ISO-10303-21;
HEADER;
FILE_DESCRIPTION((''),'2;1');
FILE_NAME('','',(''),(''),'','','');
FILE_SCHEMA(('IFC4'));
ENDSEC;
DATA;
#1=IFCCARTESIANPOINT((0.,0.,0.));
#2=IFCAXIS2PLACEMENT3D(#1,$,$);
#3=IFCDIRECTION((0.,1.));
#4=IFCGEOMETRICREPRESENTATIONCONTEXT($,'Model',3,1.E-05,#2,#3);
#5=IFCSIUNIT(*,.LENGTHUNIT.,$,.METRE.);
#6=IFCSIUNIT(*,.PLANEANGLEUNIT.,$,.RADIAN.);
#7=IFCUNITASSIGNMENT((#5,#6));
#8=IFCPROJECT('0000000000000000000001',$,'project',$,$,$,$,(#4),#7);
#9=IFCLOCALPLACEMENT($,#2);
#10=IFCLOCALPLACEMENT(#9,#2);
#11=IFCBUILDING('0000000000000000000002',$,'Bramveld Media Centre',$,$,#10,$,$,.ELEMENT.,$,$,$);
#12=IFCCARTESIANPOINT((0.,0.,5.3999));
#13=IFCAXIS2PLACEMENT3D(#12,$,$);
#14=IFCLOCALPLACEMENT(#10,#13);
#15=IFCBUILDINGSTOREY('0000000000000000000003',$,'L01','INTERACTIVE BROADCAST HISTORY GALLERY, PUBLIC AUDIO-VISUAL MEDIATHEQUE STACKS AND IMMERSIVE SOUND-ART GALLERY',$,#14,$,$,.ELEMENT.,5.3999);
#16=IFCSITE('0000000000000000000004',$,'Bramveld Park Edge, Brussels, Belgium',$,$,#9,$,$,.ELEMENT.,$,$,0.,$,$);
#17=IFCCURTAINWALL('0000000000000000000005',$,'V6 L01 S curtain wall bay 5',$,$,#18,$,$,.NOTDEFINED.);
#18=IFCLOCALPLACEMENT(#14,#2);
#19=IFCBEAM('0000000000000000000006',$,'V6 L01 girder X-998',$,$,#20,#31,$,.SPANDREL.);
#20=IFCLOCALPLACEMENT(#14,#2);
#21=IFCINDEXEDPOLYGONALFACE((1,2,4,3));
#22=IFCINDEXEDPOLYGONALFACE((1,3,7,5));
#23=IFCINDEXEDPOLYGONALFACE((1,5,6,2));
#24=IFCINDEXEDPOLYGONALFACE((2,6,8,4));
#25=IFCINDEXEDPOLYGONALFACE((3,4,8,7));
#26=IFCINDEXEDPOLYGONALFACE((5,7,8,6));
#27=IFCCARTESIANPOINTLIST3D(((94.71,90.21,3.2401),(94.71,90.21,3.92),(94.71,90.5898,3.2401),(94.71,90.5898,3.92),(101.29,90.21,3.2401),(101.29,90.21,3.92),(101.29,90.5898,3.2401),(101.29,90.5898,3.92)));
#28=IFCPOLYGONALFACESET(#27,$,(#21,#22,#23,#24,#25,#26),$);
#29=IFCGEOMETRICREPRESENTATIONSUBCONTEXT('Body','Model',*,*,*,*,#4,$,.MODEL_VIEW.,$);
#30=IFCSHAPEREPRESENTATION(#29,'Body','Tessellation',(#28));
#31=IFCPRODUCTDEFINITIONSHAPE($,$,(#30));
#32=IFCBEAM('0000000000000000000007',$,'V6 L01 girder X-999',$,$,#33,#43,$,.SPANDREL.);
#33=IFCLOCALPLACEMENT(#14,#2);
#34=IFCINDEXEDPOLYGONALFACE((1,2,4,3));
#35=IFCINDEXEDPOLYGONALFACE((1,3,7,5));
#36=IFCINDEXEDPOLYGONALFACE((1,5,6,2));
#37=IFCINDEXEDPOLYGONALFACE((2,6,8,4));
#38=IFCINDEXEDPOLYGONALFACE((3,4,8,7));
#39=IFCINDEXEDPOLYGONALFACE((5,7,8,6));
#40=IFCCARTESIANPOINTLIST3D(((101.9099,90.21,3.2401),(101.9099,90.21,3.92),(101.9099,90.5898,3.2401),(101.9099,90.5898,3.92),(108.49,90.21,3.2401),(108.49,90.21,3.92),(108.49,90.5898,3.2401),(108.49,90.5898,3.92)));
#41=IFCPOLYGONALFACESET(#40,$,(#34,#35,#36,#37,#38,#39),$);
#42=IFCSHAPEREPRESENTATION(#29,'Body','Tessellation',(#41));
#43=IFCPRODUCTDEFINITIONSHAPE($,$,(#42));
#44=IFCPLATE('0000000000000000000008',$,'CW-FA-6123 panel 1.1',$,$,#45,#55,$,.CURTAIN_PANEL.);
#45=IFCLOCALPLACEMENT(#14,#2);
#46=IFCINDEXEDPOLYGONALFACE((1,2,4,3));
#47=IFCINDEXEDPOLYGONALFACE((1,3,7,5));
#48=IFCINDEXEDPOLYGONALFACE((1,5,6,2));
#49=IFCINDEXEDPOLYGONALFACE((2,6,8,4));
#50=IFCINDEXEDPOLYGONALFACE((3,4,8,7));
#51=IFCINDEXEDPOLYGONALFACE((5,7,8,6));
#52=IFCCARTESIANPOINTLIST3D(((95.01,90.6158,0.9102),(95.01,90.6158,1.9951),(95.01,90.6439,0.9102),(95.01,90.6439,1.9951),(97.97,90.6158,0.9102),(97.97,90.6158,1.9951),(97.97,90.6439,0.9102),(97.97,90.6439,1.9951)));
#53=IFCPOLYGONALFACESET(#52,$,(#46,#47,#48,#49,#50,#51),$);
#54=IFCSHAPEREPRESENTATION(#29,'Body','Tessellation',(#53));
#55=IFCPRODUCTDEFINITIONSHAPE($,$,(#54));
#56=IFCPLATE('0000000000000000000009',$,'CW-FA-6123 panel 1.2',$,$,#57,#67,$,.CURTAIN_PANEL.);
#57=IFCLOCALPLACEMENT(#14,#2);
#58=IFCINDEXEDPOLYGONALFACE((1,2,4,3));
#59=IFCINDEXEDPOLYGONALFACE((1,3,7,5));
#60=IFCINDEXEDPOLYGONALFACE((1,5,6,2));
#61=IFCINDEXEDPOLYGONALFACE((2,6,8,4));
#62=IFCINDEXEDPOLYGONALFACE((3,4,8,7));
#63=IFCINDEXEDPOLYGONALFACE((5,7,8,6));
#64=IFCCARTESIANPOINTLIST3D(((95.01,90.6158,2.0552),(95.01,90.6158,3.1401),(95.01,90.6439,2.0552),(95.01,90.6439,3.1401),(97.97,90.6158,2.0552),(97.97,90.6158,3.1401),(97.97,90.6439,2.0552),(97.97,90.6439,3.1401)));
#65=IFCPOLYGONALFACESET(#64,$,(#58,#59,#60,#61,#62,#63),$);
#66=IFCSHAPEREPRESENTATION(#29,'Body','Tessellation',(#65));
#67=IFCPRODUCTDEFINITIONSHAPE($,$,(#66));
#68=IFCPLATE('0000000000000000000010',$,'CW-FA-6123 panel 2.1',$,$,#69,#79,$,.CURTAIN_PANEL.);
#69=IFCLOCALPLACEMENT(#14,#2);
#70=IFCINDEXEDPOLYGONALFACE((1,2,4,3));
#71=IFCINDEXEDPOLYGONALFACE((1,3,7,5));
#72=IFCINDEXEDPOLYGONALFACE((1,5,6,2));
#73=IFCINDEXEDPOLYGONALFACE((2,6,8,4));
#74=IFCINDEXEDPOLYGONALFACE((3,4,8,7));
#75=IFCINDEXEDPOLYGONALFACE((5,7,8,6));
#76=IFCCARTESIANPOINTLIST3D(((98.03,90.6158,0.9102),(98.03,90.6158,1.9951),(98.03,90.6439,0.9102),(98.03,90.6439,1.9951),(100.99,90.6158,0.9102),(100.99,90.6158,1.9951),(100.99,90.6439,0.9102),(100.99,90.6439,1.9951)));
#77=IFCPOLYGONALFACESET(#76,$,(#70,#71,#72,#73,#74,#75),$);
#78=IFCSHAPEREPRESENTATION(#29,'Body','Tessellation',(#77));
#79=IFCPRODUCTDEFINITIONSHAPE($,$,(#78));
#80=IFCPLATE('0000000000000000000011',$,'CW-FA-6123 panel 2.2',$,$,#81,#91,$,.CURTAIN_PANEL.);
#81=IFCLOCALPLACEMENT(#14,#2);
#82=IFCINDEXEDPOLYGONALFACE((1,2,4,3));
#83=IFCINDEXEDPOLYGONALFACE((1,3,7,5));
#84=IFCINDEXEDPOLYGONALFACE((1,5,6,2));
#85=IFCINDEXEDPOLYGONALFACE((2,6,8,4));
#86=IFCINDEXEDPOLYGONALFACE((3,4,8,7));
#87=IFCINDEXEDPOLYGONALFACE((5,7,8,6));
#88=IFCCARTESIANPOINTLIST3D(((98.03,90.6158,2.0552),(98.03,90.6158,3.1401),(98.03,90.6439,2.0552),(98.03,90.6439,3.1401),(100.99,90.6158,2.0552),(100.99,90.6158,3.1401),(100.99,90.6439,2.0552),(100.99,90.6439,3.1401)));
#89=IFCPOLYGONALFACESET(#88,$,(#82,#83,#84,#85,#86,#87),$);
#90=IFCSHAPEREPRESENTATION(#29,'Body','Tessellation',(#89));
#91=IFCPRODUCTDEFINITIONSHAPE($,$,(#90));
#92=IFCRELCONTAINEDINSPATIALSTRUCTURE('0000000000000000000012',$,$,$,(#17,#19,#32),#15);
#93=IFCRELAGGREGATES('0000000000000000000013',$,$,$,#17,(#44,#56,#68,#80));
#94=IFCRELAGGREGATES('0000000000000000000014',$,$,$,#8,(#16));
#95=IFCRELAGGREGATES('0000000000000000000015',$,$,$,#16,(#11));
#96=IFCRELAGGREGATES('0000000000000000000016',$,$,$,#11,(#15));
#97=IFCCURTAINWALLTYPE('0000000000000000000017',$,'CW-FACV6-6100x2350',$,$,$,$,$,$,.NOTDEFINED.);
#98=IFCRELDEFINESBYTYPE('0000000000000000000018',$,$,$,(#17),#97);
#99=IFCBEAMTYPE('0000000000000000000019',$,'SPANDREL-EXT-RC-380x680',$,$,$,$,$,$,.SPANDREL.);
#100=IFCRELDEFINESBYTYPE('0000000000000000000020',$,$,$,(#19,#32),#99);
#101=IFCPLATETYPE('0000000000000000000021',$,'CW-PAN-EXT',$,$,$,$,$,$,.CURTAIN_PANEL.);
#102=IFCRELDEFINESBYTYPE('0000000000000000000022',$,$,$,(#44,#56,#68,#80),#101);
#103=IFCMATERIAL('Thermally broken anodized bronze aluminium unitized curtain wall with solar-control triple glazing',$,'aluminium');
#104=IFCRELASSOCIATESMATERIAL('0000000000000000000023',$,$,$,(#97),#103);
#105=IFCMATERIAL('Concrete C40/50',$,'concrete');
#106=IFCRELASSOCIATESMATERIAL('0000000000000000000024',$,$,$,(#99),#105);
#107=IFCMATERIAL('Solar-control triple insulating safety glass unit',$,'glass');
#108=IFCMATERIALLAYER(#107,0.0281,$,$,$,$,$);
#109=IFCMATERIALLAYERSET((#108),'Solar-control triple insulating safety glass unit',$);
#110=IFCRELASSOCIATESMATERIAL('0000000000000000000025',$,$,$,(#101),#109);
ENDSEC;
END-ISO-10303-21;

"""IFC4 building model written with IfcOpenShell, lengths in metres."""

from ifc_helpers import new_model, si_unit, direction, frame, origin, origin_2d, place, context, subcontext, project, spatial, rectangle, extrude, material, layer, layer_set, material_profile, profile_set, type_object, element, aggregate, save


model = new_model("IFC4")

# Units and contexts
model_context = context("Model", 3, precision=1e-05, world=origin(), true_north=direction((0.0, 1.0)))
body_context = subcontext(model_context, "Body", "Model", "MODEL_VIEW")
ifc_project = project(units=[si_unit("LENGTHUNIT", "METRE"), si_unit("PLANEANGLEUNIT", "RADIAN")], contexts=[model_context])

# Site, building, storey
site_placement = place(None, origin())
site = spatial("IfcSite", under=ifc_project, at=site_placement, Name="Bramveld Park Edge, Brussels, Belgium", CompositionType="ELEMENT", RefElevation=0.0)
building_placement = place(site_placement, origin())
building = spatial("IfcBuilding", under=site, at=building_placement, Name="Bramveld Media Centre", CompositionType="ELEMENT")
storey_placement = place(building_placement, frame((0.0, 0.0, 5.3999)))
storey = spatial("IfcBuildingStorey", under=building, at=storey_placement, Name="L01", Description="INTERACTIVE BROADCAST HISTORY GALLERY, PUBLIC AUDIO-VISUAL MEDIATHEQUE STACKS AND IMMERSIVE SOUND-ART GALLERY", CompositionType="ELEMENT", Elevation=5.3999)

# Curtain wall
ifc_material_1 = material(Name="Thermally broken anodized bronze aluminium unitized curtain wall with solar-control triple glazing", Category="aluminium")
curtain_wall_type = type_object("IfcCurtainWallType", Name="CW-FACV6-6100x2350", PredefinedType="NOTDEFINED", material=ifc_material_1)
curtain_wall_1_placement = place(storey_placement, origin())
curtain_wall_1 = element("IfcCurtainWall", 1, at=curtain_wall_1_placement, inside=storey, type_object=curtain_wall_type, Name="V6 L01 S curtain wall bay 5", PredefinedType="NOTDEFINED")

# Beams
ifc_material_2 = material(Name="Concrete C40/50", Category="concrete")
ifc_material_profile_1 = material_profile(ifc_material_2, rectangle(XDim=0.3799, YDim=0.6799, at=origin_2d()), Name="RC 380x680")
ifc_profile_set_1 = profile_set([ifc_material_profile_1], Name="Concrete C40/50")
beam_type_1 = type_object("IfcBeamType", Name="SPANDREL-EXT-RC-380x680", PredefinedType="SPANDREL", material=ifc_profile_set_1)
for number, where, z_axis, x_axis, name in (
    (2, (94.71, 90.3999, 3.5801), (1.0, 0.0, 0.0), (0.0, 1.0, 0.0), "V6 L01 girder X-998"),
    (3, (101.9099, 90.3999, 3.5801), (1.0, 0.0, 0.0), (0.0, 1.0, 0.0), "V6 L01 girder X-999"),
):
    element("IfcBeam", number, at=place(storey_placement, frame(where, z_axis=z_axis, x_axis=x_axis)), inside=storey, type_object=beam_type_1, Name=name, PredefinedType="SPANDREL", context=body_context, shape_type="SweptSolid", body=[
        extrude(rectangle(XDim=0.3799, YDim=0.6799, at=origin_2d()), origin(), (0.0, 0.0, 1.0), 6.5801),
    ])

# Plates
ifc_material_3 = material(Name="Solar-control triple insulating safety glass unit", Category="glass")
ifc_layer = layer(ifc_material_3, 0.0281)
ifc_layer_set = layer_set([ifc_layer], Name="Solar-control triple insulating safety glass unit")
plate_type = type_object("IfcPlateType", Name="CW-PAN-EXT", PredefinedType="CURTAIN_PANEL", material=ifc_layer_set)
plate_1_placement = place(storey_placement, frame((96.49, 90.6299, 0.9102), z_axis=(0.0, 0.0, 1.0), x_axis=(1.0, 0.0, 0.0)))
plate_1 = element("IfcPlate", 4, at=plate_1_placement, type_object=plate_type, Name="CW-FA-6123 panel 1.1", PredefinedType="CURTAIN_PANEL", context=body_context, shape_type="SweptSolid", body=[
    extrude(rectangle(XDim=2.96, YDim=0.0281, at=origin_2d()), origin(), (0.0, 0.0, 1.0), 1.085),
])
plate_2_placement = place(storey_placement, frame((96.49, 90.6299, 2.0552), z_axis=(0.0, 0.0, 1.0), x_axis=(1.0, 0.0, 0.0)))
plate_2 = element("IfcPlate", 5, at=plate_2_placement, type_object=plate_type, Name="CW-FA-6123 panel 1.2", PredefinedType="CURTAIN_PANEL", context=body_context, shape_type="SweptSolid", body=[
    extrude(rectangle(XDim=2.96, YDim=0.0281, at=origin_2d()), origin(), (0.0, 0.0, 1.0), 1.085),
])
plate_3_placement = place(storey_placement, frame((99.51, 90.6299, 0.9102), z_axis=(0.0, 0.0, 1.0), x_axis=(1.0, 0.0, 0.0)))
plate_3 = element("IfcPlate", 6, at=plate_3_placement, type_object=plate_type, Name="CW-FA-6123 panel 2.1", PredefinedType="CURTAIN_PANEL", context=body_context, shape_type="SweptSolid", body=[
    extrude(rectangle(XDim=2.96, YDim=0.0281, at=origin_2d()), origin(), (0.0, 0.0, 1.0), 1.085),
])
plate_4_placement = place(storey_placement, frame((99.51, 90.6299, 2.0552), z_axis=(0.0, 0.0, 1.0), x_axis=(1.0, 0.0, 0.0)))
plate_4 = element("IfcPlate", 7, at=plate_4_placement, type_object=plate_type, Name="CW-FA-6123 panel 2.2", PredefinedType="CURTAIN_PANEL", context=body_context, shape_type="SweptSolid", body=[
    extrude(rectangle(XDim=2.96, YDim=0.0281, at=origin_2d()), origin(), (0.0, 0.0, 1.0), 1.085),
])
aggregate(curtain_wall_1, [plate_1, plate_2, plate_3, plate_4])

save(model, "model.ifc")
